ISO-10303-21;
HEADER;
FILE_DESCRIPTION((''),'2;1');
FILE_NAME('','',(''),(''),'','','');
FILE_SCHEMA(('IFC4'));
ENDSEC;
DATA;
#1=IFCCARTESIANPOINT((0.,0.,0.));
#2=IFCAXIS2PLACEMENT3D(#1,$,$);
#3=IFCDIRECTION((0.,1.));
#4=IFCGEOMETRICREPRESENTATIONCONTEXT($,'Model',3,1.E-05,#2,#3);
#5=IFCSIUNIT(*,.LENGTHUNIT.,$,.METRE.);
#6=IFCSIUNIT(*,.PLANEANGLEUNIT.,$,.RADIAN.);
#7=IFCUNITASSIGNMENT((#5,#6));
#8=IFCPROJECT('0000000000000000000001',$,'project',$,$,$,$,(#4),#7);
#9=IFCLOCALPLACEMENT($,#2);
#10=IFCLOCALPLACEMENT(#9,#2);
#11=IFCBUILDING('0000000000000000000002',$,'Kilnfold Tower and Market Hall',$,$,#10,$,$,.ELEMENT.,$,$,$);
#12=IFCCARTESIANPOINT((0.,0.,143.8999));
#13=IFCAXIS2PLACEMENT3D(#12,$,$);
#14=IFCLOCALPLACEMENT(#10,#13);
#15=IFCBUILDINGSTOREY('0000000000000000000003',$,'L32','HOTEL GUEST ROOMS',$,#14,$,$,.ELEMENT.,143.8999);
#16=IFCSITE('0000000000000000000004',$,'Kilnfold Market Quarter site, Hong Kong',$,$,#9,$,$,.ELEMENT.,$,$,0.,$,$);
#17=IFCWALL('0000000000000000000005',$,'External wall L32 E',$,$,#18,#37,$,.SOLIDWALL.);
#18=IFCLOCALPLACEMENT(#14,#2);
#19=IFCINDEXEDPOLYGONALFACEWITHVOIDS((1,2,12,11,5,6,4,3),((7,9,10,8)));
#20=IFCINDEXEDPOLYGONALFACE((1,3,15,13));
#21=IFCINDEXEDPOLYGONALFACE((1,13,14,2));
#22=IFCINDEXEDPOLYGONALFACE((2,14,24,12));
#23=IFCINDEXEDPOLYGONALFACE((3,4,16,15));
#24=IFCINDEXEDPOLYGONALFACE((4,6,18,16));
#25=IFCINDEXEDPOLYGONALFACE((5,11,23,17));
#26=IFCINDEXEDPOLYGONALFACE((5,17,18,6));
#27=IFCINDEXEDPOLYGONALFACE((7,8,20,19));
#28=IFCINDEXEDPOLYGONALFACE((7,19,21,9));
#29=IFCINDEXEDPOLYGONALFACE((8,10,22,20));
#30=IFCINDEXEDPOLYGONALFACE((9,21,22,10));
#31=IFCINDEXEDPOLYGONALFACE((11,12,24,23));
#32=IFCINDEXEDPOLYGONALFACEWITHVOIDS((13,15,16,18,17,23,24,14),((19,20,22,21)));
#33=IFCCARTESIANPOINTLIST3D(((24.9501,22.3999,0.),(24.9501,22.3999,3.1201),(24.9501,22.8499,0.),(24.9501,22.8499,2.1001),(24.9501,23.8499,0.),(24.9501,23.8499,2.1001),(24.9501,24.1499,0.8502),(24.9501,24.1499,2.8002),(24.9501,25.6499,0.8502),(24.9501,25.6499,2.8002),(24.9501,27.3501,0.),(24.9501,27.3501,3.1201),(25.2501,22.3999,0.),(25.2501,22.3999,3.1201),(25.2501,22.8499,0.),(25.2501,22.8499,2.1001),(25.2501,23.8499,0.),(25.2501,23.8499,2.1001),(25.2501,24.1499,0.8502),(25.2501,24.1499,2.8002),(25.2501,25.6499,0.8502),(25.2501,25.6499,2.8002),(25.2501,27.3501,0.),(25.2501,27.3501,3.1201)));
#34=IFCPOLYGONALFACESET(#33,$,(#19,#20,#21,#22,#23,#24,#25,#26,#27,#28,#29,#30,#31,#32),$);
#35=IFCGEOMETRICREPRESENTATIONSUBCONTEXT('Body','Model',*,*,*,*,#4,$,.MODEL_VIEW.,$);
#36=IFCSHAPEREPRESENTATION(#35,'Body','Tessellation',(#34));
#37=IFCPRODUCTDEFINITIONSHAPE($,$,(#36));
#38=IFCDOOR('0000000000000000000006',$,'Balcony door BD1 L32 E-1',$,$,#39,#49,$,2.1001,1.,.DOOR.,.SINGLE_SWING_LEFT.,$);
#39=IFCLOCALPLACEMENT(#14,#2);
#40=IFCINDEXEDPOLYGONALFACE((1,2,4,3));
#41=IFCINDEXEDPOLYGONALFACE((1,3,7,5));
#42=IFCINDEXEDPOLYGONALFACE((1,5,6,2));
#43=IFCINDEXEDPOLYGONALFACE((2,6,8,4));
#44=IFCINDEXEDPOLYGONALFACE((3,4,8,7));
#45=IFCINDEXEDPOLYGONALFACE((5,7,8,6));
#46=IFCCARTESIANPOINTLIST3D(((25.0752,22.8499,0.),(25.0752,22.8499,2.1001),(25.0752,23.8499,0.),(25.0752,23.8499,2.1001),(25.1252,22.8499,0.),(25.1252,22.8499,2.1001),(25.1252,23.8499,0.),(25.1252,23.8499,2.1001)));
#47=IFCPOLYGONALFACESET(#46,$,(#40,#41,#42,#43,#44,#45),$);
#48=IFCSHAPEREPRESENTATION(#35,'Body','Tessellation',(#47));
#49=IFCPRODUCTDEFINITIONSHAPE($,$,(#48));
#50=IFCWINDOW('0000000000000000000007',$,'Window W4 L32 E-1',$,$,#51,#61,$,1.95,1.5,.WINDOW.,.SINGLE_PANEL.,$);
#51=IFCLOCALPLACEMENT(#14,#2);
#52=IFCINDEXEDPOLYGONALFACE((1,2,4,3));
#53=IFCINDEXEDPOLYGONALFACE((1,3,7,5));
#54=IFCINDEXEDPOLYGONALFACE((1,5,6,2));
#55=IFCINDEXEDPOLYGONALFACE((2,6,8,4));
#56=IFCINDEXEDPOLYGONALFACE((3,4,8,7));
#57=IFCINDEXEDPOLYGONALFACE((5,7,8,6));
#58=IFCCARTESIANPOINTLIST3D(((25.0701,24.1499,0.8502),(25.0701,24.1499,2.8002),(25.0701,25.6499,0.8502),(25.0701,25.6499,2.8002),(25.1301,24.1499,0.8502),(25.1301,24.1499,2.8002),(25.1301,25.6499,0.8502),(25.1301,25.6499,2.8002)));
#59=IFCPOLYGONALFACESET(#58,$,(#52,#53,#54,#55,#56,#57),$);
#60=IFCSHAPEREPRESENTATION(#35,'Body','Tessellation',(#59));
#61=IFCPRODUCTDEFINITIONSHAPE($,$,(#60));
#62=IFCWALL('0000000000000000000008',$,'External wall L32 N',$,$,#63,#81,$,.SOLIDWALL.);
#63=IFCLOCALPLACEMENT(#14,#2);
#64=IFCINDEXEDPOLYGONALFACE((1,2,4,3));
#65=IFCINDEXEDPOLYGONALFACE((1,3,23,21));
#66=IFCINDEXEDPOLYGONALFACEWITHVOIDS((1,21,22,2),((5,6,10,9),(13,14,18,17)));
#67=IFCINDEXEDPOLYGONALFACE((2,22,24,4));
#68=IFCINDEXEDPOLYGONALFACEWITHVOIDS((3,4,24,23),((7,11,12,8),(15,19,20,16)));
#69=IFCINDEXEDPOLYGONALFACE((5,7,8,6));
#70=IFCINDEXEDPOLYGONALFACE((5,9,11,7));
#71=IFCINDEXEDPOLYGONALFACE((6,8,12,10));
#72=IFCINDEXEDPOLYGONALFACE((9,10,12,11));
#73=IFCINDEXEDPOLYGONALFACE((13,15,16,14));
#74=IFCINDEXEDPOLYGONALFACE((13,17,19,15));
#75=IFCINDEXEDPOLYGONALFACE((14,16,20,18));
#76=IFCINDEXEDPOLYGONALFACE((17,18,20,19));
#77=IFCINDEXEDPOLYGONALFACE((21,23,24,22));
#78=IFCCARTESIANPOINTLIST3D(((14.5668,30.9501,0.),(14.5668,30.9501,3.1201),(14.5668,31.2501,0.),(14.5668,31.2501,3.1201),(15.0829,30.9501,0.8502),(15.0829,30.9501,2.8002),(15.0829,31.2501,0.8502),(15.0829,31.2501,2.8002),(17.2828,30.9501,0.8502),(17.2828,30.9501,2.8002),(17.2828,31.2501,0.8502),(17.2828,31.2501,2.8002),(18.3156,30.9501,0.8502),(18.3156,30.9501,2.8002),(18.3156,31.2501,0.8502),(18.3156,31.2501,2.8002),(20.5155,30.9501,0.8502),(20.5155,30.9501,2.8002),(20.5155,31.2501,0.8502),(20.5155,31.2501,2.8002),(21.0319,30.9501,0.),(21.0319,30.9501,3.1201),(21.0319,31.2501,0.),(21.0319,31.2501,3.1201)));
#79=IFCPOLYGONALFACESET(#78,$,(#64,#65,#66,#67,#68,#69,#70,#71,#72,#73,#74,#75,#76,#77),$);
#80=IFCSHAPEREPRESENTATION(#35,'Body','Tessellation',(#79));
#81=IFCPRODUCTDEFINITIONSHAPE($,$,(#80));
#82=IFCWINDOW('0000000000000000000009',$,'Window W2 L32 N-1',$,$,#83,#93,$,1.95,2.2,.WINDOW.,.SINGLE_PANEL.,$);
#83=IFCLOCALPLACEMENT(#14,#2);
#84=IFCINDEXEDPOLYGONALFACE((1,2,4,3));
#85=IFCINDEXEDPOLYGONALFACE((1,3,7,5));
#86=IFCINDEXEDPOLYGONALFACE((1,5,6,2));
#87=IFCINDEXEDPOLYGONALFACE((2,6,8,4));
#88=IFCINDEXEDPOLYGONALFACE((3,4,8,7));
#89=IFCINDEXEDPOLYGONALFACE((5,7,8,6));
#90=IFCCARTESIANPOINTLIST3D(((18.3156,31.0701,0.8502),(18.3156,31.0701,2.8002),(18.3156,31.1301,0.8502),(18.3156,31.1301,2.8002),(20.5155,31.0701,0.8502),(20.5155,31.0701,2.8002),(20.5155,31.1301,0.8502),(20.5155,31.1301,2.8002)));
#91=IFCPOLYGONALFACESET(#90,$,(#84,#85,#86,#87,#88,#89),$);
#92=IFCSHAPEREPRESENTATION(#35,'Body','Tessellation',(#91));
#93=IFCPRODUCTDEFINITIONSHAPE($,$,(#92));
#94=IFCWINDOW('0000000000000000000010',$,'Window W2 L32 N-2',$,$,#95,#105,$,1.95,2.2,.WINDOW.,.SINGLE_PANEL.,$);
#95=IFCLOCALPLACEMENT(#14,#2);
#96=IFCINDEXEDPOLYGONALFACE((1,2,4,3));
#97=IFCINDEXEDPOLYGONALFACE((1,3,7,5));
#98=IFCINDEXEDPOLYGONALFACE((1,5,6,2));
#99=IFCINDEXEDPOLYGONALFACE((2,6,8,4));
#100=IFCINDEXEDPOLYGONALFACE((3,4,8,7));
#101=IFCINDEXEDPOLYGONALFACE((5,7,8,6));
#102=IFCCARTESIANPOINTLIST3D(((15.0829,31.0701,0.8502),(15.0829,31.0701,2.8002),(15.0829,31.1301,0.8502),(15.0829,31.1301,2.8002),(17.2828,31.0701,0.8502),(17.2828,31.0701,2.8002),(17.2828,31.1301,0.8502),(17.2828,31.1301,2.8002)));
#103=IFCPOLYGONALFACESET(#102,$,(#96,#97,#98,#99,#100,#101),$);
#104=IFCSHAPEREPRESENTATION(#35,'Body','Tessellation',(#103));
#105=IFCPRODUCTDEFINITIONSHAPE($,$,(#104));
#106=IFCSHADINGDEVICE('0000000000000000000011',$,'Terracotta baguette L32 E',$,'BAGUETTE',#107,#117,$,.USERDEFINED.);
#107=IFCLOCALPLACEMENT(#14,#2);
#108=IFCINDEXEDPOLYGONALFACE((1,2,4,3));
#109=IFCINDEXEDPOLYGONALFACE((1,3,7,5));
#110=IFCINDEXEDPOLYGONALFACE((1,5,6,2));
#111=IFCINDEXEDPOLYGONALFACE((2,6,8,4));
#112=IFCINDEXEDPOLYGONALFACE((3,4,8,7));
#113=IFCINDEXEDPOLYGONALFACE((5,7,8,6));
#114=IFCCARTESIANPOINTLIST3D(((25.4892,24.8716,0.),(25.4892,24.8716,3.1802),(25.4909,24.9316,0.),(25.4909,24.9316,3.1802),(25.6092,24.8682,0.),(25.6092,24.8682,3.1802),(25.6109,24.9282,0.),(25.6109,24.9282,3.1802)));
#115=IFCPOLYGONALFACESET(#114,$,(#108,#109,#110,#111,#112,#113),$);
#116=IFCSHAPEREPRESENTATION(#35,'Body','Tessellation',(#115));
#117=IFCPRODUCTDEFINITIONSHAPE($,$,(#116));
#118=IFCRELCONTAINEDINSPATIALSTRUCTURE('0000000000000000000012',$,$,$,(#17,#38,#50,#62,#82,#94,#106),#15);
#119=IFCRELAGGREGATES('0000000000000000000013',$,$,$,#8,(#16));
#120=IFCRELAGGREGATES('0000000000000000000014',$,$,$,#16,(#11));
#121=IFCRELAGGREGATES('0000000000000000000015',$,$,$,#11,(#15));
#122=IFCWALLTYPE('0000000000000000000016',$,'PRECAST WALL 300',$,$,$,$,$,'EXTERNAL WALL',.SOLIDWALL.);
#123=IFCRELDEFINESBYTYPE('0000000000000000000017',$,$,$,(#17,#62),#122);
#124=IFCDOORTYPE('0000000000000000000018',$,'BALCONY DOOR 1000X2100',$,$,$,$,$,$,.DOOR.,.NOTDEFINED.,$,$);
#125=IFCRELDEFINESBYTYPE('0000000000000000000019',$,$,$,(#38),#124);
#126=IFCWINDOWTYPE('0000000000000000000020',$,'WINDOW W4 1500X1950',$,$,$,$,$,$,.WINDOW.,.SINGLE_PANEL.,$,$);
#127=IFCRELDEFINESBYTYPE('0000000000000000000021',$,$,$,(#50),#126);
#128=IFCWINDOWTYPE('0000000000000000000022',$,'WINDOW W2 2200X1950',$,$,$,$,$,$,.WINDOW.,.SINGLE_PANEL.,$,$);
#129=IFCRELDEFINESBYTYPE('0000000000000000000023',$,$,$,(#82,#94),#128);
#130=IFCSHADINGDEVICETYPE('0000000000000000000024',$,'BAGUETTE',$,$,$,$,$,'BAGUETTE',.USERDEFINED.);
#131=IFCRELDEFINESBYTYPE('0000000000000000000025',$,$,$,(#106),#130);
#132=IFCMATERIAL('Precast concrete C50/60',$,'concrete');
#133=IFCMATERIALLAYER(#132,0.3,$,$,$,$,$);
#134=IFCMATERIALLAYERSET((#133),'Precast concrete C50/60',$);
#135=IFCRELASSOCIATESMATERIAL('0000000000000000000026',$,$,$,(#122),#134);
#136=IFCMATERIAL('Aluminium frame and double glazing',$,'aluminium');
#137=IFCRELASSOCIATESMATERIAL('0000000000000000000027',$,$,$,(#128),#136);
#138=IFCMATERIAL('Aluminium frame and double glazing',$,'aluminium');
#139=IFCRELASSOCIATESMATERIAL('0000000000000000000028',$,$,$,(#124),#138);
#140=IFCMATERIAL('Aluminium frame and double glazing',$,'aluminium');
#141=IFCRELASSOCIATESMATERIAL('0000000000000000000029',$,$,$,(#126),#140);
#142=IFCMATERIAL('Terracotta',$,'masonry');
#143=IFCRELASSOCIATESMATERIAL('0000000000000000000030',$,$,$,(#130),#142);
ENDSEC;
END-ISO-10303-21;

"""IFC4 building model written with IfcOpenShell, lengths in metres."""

from ifc_helpers import new_model, si_unit, direction, frame, frame_2d, origin, origin_2d, place, context, subcontext, project, spatial, rectangle, extrude, source, transform, mapped, material, layer, layer_set, material_profile, profile_set, type_object, element, fill, save


model = new_model("IFC4")

# Units and contexts
model_context = context("Model", 3, precision=1e-05, world=origin(), true_north=direction((0.0, 1.0)))
body_context = subcontext(model_context, "Body", "Model", "MODEL_VIEW")
ifc_project = project(units=[si_unit("LENGTHUNIT", "METRE"), si_unit("PLANEANGLEUNIT", "RADIAN")], contexts=[model_context])

# Site, building, storey
site_placement = place(None, origin())
site = spatial("IfcSite", under=ifc_project, at=site_placement, Name="Kilnfold Market Quarter site, Hong Kong", CompositionType="ELEMENT", RefElevation=0.0)
building_placement = place(site_placement, origin())
building = spatial("IfcBuilding", under=site, at=building_placement, Name="Kilnfold Tower and Market Hall", CompositionType="ELEMENT")
storey_placement = place(building_placement, frame((0.0, 0.0, 143.8999)))
storey = spatial("IfcBuildingStorey", under=building, at=storey_placement, Name="L32", Description="HOTEL GUEST ROOMS", CompositionType="ELEMENT", Elevation=143.8999)

# Shared definitions
ifc_material_1 = material(Name="Precast concrete C50/60", Category="concrete")
ifc_layer_1 = layer(ifc_material_1, 0.3)
ifc_layer_set_1 = layer_set([ifc_layer_1], Name="Precast concrete C50/60")
wall_type_1 = type_object("IfcWallType", Name="PRECAST WALL 300", ElementType="EXTERNAL WALL", PredefinedType="SOLIDWALL", material=ifc_layer_set_1)
ifc_material_2 = material(Name="Aluminium frame and double glazing", Category="aluminium")
window_type_1 = type_object("IfcWindowType", Name="WINDOW W2 2200X1950", PartitioningType="SINGLE_PANEL", PredefinedType="WINDOW", material=ifc_material_2)

# Wall, openings, door, window
shared_shape_1 = source(origin(), body_context, "Body", "SweptSolid", [
    extrude(rectangle(XDim=4.9502, YDim=0.3, at=frame_2d((2.4751, 0.0))), origin(), (0.0, 0.0, 1.0), 3.1201),
])
wall_1_placement = place(storey_placement, frame((25.1001, 22.3999, 0.0), z_axis=(0.0, 0.0, 1.0), x_axis=(0.0, 1.0, 0.0)))
wall_1 = element("IfcWall", 1, at=wall_1_placement, inside=storey, type_object=wall_type_1, Name="External wall L32 E", PredefinedType="SOLIDWALL", context=body_context, shape_type="MappedRepresentation", body=[
    mapped(shared_shape_1, transform((0.0, 0.0, 0.0))),
])
opening_1_placement = place(wall_1_placement, frame((1.75, 0.0, 0.8501)))
opening_1 = element("IfcOpeningElement", 2, at=opening_1_placement, cuts=wall_1, PredefinedType="OPENING", context=body_context, shape_type="SweptSolid", body=[
    extrude(rectangle(XDim=1.5, YDim=1.95, at=frame_2d((0.75, 0.9751))), frame((0.0, 0.1602, 0.0), z_axis=(0.0, -1.0, 0.0), x_axis=(1.0, 0.0, 0.0)), (0.0, 0.0, 1.0), 0.3201),
])
opening_2_placement = place(wall_1_placement, frame((0.45, 0.0, 0.0)))
opening_2 = element("IfcOpeningElement", 3, at=opening_2_placement, cuts=wall_1, PredefinedType="OPENING", context=body_context, shape_type="SweptSolid", body=[
    extrude(rectangle(XDim=1.0, YDim=2.1001, at=frame_2d((0.5, 1.05))), frame((0.0, 0.1602, 0.0), z_axis=(0.0, -1.0, 0.0), x_axis=(1.0, 0.0, 0.0)), (0.0, 0.0, 1.0), 0.3201),
])
ifc_material_3 = material(Name="Aluminium frame and double glazing", Category="aluminium")
door_type_1 = type_object("IfcDoorType", Name="BALCONY DOOR 1000X2100", OperationType="NOTDEFINED", PredefinedType="DOOR", material=ifc_material_3)
door_1_placement = place(opening_2_placement, origin())
door_1 = element("IfcDoor", 4, at=door_1_placement, inside=storey, type_object=door_type_1, Name="Balcony door BD1 L32 E-1", OperationType="SINGLE_SWING_LEFT", OverallHeight=2.1001, OverallWidth=1.0, PredefinedType="DOOR", context=body_context, shape_type="SweptSolid", body=[
    extrude(rectangle(XDim=1.0, YDim=2.1001, at=frame_2d((0.5, 1.05))), frame((0.0, 0.0249, 0.0), z_axis=(0.0, -1.0, 0.0), x_axis=(1.0, 0.0, 0.0)), (0.0, 0.0, 1.0), 0.05),
])
fill(opening_2, door_1)
ifc_material_4 = material(Name="Aluminium frame and double glazing", Category="aluminium")
window_type_2 = type_object("IfcWindowType", Name="WINDOW W4 1500X1950", PartitioningType="SINGLE_PANEL", PredefinedType="WINDOW", material=ifc_material_4)
window_1_placement = place(opening_1_placement, origin())
window_1 = element("IfcWindow", 5, at=window_1_placement, inside=storey, type_object=window_type_2, Name="Window W4 L32 E-1", OverallHeight=1.95, OverallWidth=1.5, PartitioningType="SINGLE_PANEL", PredefinedType="WINDOW", context=body_context, shape_type="SweptSolid", body=[
    extrude(rectangle(XDim=1.5, YDim=1.95, at=frame_2d((0.75, 0.9751))), frame((0.0, 0.03, 0.0), z_axis=(0.0, -1.0, 0.0), x_axis=(1.0, 0.0, 0.0)), (0.0, 0.0, 1.0), 0.0601),
])
fill(opening_1, window_1)

# Wall, openings, windows
shared_shape_2 = source(origin(), body_context, "Body", "SweptSolid", [
    extrude(rectangle(XDim=6.4651, YDim=0.3, at=frame_2d((3.2324, 0.0))), origin(), (0.0, 0.0, 1.0), 3.1201),
])
wall_2_placement = place(storey_placement, frame((21.0317, 31.1001, 0.0), z_axis=(0.0, 0.0, 1.0), x_axis=(-1.0, 0.0, 0.0)))
wall_2 = element("IfcWall", 6, at=wall_2_placement, inside=storey, type_object=wall_type_1, Name="External wall L32 N", PredefinedType="SOLIDWALL", context=body_context, shape_type="MappedRepresentation", body=[
    mapped(shared_shape_2, transform((0.0, 0.0, 0.0))),
])
opening_3_placement = place(wall_2_placement, frame((0.5161, 0.0, 0.8501)))
opening_3 = element("IfcOpeningElement", 7, at=opening_3_placement, cuts=wall_2, PredefinedType="OPENING", context=body_context, shape_type="SweptSolid", body=[
    extrude(rectangle(XDim=2.2, YDim=1.95, at=frame_2d((1.1001, 0.9751))), frame((0.0, 0.1602, 0.0), z_axis=(0.0, -1.0, 0.0), x_axis=(1.0, 0.0, 0.0)), (0.0, 0.0, 1.0), 0.3201),
])
opening_4_placement = place(wall_2_placement, frame((3.7488, 0.0, 0.8501)))
opening_4 = element("IfcOpeningElement", 8, at=opening_4_placement, cuts=wall_2, PredefinedType="OPENING", context=body_context, shape_type="SweptSolid", body=[
    extrude(rectangle(XDim=2.2, YDim=1.95, at=frame_2d((1.1001, 0.9751))), frame((0.0, 0.1602, 0.0), z_axis=(0.0, -1.0, 0.0), x_axis=(1.0, 0.0, 0.0)), (0.0, 0.0, 1.0), 0.3201),
])
window_2_placement = place(opening_3_placement, origin())
window_2 = element("IfcWindow", 9, at=window_2_placement, inside=storey, type_object=window_type_1, Name="Window W2 L32 N-1", OverallHeight=1.95, OverallWidth=2.2, PartitioningType="SINGLE_PANEL", PredefinedType="WINDOW", context=body_context, shape_type="SweptSolid", body=[
    extrude(rectangle(XDim=2.2, YDim=1.95, at=frame_2d((1.1001, 0.9751))), frame((0.0, 0.03, 0.0), z_axis=(0.0, -1.0, 0.0), x_axis=(1.0, 0.0, 0.0)), (0.0, 0.0, 1.0), 0.0601),
])
fill(opening_3, window_2)
window_3_placement = place(opening_4_placement, origin())
window_3 = element("IfcWindow", 10, at=window_3_placement, inside=storey, type_object=window_type_1, Name="Window W2 L32 N-2", OverallHeight=1.95, OverallWidth=2.2, PartitioningType="SINGLE_PANEL", PredefinedType="WINDOW", context=body_context, shape_type="SweptSolid", body=[
    extrude(rectangle(XDim=2.2, YDim=1.95, at=frame_2d((1.1001, 0.9751))), frame((0.0, 0.03, 0.0), z_axis=(0.0, -1.0, 0.0), x_axis=(1.0, 0.0, 0.0)), (0.0, 0.0, 1.0), 0.0601),
])
fill(opening_4, window_3)

# Shading device
ifc_material_5 = material(Name="Terracotta", Category="masonry")
ifc_material_profile_1 = material_profile(ifc_material_5, rectangle(XDim=0.0601, YDim=0.1201, at=origin_2d()), Name="BAG 60x120")
ifc_profile_set_1 = profile_set([ifc_material_profile_1], Name="Terracotta")
shading_device_type = type_object("IfcShadingDeviceType", Name="BAGUETTE", ElementType="BAGUETTE", PredefinedType="USERDEFINED", material=ifc_profile_set_1)
shared_shape_3 = source(origin(), body_context, "Body", "SweptSolid", [
    extrude(rectangle(XDim=0.0601, YDim=0.1201, at=origin_2d()), origin(), (0.0, 0.0, 1.0), 3.1802),
])
shading_device_placement = place(storey_placement, frame((25.55, 24.8999, 0.0), z_axis=(0.0, 0.0, 1.0), x_axis=(0.027866, 0.999612, 0.0)))
element("IfcShadingDevice", 11, at=shading_device_placement, inside=storey, type_object=shading_device_type, Name="Terracotta baguette L32 E", ObjectType="BAGUETTE", PredefinedType="USERDEFINED", context=body_context, shape_type="MappedRepresentation", body=[
    mapped(shared_shape_3, transform((0.0, 0.0, 0.0))),
])

save(model, "model.ifc")
